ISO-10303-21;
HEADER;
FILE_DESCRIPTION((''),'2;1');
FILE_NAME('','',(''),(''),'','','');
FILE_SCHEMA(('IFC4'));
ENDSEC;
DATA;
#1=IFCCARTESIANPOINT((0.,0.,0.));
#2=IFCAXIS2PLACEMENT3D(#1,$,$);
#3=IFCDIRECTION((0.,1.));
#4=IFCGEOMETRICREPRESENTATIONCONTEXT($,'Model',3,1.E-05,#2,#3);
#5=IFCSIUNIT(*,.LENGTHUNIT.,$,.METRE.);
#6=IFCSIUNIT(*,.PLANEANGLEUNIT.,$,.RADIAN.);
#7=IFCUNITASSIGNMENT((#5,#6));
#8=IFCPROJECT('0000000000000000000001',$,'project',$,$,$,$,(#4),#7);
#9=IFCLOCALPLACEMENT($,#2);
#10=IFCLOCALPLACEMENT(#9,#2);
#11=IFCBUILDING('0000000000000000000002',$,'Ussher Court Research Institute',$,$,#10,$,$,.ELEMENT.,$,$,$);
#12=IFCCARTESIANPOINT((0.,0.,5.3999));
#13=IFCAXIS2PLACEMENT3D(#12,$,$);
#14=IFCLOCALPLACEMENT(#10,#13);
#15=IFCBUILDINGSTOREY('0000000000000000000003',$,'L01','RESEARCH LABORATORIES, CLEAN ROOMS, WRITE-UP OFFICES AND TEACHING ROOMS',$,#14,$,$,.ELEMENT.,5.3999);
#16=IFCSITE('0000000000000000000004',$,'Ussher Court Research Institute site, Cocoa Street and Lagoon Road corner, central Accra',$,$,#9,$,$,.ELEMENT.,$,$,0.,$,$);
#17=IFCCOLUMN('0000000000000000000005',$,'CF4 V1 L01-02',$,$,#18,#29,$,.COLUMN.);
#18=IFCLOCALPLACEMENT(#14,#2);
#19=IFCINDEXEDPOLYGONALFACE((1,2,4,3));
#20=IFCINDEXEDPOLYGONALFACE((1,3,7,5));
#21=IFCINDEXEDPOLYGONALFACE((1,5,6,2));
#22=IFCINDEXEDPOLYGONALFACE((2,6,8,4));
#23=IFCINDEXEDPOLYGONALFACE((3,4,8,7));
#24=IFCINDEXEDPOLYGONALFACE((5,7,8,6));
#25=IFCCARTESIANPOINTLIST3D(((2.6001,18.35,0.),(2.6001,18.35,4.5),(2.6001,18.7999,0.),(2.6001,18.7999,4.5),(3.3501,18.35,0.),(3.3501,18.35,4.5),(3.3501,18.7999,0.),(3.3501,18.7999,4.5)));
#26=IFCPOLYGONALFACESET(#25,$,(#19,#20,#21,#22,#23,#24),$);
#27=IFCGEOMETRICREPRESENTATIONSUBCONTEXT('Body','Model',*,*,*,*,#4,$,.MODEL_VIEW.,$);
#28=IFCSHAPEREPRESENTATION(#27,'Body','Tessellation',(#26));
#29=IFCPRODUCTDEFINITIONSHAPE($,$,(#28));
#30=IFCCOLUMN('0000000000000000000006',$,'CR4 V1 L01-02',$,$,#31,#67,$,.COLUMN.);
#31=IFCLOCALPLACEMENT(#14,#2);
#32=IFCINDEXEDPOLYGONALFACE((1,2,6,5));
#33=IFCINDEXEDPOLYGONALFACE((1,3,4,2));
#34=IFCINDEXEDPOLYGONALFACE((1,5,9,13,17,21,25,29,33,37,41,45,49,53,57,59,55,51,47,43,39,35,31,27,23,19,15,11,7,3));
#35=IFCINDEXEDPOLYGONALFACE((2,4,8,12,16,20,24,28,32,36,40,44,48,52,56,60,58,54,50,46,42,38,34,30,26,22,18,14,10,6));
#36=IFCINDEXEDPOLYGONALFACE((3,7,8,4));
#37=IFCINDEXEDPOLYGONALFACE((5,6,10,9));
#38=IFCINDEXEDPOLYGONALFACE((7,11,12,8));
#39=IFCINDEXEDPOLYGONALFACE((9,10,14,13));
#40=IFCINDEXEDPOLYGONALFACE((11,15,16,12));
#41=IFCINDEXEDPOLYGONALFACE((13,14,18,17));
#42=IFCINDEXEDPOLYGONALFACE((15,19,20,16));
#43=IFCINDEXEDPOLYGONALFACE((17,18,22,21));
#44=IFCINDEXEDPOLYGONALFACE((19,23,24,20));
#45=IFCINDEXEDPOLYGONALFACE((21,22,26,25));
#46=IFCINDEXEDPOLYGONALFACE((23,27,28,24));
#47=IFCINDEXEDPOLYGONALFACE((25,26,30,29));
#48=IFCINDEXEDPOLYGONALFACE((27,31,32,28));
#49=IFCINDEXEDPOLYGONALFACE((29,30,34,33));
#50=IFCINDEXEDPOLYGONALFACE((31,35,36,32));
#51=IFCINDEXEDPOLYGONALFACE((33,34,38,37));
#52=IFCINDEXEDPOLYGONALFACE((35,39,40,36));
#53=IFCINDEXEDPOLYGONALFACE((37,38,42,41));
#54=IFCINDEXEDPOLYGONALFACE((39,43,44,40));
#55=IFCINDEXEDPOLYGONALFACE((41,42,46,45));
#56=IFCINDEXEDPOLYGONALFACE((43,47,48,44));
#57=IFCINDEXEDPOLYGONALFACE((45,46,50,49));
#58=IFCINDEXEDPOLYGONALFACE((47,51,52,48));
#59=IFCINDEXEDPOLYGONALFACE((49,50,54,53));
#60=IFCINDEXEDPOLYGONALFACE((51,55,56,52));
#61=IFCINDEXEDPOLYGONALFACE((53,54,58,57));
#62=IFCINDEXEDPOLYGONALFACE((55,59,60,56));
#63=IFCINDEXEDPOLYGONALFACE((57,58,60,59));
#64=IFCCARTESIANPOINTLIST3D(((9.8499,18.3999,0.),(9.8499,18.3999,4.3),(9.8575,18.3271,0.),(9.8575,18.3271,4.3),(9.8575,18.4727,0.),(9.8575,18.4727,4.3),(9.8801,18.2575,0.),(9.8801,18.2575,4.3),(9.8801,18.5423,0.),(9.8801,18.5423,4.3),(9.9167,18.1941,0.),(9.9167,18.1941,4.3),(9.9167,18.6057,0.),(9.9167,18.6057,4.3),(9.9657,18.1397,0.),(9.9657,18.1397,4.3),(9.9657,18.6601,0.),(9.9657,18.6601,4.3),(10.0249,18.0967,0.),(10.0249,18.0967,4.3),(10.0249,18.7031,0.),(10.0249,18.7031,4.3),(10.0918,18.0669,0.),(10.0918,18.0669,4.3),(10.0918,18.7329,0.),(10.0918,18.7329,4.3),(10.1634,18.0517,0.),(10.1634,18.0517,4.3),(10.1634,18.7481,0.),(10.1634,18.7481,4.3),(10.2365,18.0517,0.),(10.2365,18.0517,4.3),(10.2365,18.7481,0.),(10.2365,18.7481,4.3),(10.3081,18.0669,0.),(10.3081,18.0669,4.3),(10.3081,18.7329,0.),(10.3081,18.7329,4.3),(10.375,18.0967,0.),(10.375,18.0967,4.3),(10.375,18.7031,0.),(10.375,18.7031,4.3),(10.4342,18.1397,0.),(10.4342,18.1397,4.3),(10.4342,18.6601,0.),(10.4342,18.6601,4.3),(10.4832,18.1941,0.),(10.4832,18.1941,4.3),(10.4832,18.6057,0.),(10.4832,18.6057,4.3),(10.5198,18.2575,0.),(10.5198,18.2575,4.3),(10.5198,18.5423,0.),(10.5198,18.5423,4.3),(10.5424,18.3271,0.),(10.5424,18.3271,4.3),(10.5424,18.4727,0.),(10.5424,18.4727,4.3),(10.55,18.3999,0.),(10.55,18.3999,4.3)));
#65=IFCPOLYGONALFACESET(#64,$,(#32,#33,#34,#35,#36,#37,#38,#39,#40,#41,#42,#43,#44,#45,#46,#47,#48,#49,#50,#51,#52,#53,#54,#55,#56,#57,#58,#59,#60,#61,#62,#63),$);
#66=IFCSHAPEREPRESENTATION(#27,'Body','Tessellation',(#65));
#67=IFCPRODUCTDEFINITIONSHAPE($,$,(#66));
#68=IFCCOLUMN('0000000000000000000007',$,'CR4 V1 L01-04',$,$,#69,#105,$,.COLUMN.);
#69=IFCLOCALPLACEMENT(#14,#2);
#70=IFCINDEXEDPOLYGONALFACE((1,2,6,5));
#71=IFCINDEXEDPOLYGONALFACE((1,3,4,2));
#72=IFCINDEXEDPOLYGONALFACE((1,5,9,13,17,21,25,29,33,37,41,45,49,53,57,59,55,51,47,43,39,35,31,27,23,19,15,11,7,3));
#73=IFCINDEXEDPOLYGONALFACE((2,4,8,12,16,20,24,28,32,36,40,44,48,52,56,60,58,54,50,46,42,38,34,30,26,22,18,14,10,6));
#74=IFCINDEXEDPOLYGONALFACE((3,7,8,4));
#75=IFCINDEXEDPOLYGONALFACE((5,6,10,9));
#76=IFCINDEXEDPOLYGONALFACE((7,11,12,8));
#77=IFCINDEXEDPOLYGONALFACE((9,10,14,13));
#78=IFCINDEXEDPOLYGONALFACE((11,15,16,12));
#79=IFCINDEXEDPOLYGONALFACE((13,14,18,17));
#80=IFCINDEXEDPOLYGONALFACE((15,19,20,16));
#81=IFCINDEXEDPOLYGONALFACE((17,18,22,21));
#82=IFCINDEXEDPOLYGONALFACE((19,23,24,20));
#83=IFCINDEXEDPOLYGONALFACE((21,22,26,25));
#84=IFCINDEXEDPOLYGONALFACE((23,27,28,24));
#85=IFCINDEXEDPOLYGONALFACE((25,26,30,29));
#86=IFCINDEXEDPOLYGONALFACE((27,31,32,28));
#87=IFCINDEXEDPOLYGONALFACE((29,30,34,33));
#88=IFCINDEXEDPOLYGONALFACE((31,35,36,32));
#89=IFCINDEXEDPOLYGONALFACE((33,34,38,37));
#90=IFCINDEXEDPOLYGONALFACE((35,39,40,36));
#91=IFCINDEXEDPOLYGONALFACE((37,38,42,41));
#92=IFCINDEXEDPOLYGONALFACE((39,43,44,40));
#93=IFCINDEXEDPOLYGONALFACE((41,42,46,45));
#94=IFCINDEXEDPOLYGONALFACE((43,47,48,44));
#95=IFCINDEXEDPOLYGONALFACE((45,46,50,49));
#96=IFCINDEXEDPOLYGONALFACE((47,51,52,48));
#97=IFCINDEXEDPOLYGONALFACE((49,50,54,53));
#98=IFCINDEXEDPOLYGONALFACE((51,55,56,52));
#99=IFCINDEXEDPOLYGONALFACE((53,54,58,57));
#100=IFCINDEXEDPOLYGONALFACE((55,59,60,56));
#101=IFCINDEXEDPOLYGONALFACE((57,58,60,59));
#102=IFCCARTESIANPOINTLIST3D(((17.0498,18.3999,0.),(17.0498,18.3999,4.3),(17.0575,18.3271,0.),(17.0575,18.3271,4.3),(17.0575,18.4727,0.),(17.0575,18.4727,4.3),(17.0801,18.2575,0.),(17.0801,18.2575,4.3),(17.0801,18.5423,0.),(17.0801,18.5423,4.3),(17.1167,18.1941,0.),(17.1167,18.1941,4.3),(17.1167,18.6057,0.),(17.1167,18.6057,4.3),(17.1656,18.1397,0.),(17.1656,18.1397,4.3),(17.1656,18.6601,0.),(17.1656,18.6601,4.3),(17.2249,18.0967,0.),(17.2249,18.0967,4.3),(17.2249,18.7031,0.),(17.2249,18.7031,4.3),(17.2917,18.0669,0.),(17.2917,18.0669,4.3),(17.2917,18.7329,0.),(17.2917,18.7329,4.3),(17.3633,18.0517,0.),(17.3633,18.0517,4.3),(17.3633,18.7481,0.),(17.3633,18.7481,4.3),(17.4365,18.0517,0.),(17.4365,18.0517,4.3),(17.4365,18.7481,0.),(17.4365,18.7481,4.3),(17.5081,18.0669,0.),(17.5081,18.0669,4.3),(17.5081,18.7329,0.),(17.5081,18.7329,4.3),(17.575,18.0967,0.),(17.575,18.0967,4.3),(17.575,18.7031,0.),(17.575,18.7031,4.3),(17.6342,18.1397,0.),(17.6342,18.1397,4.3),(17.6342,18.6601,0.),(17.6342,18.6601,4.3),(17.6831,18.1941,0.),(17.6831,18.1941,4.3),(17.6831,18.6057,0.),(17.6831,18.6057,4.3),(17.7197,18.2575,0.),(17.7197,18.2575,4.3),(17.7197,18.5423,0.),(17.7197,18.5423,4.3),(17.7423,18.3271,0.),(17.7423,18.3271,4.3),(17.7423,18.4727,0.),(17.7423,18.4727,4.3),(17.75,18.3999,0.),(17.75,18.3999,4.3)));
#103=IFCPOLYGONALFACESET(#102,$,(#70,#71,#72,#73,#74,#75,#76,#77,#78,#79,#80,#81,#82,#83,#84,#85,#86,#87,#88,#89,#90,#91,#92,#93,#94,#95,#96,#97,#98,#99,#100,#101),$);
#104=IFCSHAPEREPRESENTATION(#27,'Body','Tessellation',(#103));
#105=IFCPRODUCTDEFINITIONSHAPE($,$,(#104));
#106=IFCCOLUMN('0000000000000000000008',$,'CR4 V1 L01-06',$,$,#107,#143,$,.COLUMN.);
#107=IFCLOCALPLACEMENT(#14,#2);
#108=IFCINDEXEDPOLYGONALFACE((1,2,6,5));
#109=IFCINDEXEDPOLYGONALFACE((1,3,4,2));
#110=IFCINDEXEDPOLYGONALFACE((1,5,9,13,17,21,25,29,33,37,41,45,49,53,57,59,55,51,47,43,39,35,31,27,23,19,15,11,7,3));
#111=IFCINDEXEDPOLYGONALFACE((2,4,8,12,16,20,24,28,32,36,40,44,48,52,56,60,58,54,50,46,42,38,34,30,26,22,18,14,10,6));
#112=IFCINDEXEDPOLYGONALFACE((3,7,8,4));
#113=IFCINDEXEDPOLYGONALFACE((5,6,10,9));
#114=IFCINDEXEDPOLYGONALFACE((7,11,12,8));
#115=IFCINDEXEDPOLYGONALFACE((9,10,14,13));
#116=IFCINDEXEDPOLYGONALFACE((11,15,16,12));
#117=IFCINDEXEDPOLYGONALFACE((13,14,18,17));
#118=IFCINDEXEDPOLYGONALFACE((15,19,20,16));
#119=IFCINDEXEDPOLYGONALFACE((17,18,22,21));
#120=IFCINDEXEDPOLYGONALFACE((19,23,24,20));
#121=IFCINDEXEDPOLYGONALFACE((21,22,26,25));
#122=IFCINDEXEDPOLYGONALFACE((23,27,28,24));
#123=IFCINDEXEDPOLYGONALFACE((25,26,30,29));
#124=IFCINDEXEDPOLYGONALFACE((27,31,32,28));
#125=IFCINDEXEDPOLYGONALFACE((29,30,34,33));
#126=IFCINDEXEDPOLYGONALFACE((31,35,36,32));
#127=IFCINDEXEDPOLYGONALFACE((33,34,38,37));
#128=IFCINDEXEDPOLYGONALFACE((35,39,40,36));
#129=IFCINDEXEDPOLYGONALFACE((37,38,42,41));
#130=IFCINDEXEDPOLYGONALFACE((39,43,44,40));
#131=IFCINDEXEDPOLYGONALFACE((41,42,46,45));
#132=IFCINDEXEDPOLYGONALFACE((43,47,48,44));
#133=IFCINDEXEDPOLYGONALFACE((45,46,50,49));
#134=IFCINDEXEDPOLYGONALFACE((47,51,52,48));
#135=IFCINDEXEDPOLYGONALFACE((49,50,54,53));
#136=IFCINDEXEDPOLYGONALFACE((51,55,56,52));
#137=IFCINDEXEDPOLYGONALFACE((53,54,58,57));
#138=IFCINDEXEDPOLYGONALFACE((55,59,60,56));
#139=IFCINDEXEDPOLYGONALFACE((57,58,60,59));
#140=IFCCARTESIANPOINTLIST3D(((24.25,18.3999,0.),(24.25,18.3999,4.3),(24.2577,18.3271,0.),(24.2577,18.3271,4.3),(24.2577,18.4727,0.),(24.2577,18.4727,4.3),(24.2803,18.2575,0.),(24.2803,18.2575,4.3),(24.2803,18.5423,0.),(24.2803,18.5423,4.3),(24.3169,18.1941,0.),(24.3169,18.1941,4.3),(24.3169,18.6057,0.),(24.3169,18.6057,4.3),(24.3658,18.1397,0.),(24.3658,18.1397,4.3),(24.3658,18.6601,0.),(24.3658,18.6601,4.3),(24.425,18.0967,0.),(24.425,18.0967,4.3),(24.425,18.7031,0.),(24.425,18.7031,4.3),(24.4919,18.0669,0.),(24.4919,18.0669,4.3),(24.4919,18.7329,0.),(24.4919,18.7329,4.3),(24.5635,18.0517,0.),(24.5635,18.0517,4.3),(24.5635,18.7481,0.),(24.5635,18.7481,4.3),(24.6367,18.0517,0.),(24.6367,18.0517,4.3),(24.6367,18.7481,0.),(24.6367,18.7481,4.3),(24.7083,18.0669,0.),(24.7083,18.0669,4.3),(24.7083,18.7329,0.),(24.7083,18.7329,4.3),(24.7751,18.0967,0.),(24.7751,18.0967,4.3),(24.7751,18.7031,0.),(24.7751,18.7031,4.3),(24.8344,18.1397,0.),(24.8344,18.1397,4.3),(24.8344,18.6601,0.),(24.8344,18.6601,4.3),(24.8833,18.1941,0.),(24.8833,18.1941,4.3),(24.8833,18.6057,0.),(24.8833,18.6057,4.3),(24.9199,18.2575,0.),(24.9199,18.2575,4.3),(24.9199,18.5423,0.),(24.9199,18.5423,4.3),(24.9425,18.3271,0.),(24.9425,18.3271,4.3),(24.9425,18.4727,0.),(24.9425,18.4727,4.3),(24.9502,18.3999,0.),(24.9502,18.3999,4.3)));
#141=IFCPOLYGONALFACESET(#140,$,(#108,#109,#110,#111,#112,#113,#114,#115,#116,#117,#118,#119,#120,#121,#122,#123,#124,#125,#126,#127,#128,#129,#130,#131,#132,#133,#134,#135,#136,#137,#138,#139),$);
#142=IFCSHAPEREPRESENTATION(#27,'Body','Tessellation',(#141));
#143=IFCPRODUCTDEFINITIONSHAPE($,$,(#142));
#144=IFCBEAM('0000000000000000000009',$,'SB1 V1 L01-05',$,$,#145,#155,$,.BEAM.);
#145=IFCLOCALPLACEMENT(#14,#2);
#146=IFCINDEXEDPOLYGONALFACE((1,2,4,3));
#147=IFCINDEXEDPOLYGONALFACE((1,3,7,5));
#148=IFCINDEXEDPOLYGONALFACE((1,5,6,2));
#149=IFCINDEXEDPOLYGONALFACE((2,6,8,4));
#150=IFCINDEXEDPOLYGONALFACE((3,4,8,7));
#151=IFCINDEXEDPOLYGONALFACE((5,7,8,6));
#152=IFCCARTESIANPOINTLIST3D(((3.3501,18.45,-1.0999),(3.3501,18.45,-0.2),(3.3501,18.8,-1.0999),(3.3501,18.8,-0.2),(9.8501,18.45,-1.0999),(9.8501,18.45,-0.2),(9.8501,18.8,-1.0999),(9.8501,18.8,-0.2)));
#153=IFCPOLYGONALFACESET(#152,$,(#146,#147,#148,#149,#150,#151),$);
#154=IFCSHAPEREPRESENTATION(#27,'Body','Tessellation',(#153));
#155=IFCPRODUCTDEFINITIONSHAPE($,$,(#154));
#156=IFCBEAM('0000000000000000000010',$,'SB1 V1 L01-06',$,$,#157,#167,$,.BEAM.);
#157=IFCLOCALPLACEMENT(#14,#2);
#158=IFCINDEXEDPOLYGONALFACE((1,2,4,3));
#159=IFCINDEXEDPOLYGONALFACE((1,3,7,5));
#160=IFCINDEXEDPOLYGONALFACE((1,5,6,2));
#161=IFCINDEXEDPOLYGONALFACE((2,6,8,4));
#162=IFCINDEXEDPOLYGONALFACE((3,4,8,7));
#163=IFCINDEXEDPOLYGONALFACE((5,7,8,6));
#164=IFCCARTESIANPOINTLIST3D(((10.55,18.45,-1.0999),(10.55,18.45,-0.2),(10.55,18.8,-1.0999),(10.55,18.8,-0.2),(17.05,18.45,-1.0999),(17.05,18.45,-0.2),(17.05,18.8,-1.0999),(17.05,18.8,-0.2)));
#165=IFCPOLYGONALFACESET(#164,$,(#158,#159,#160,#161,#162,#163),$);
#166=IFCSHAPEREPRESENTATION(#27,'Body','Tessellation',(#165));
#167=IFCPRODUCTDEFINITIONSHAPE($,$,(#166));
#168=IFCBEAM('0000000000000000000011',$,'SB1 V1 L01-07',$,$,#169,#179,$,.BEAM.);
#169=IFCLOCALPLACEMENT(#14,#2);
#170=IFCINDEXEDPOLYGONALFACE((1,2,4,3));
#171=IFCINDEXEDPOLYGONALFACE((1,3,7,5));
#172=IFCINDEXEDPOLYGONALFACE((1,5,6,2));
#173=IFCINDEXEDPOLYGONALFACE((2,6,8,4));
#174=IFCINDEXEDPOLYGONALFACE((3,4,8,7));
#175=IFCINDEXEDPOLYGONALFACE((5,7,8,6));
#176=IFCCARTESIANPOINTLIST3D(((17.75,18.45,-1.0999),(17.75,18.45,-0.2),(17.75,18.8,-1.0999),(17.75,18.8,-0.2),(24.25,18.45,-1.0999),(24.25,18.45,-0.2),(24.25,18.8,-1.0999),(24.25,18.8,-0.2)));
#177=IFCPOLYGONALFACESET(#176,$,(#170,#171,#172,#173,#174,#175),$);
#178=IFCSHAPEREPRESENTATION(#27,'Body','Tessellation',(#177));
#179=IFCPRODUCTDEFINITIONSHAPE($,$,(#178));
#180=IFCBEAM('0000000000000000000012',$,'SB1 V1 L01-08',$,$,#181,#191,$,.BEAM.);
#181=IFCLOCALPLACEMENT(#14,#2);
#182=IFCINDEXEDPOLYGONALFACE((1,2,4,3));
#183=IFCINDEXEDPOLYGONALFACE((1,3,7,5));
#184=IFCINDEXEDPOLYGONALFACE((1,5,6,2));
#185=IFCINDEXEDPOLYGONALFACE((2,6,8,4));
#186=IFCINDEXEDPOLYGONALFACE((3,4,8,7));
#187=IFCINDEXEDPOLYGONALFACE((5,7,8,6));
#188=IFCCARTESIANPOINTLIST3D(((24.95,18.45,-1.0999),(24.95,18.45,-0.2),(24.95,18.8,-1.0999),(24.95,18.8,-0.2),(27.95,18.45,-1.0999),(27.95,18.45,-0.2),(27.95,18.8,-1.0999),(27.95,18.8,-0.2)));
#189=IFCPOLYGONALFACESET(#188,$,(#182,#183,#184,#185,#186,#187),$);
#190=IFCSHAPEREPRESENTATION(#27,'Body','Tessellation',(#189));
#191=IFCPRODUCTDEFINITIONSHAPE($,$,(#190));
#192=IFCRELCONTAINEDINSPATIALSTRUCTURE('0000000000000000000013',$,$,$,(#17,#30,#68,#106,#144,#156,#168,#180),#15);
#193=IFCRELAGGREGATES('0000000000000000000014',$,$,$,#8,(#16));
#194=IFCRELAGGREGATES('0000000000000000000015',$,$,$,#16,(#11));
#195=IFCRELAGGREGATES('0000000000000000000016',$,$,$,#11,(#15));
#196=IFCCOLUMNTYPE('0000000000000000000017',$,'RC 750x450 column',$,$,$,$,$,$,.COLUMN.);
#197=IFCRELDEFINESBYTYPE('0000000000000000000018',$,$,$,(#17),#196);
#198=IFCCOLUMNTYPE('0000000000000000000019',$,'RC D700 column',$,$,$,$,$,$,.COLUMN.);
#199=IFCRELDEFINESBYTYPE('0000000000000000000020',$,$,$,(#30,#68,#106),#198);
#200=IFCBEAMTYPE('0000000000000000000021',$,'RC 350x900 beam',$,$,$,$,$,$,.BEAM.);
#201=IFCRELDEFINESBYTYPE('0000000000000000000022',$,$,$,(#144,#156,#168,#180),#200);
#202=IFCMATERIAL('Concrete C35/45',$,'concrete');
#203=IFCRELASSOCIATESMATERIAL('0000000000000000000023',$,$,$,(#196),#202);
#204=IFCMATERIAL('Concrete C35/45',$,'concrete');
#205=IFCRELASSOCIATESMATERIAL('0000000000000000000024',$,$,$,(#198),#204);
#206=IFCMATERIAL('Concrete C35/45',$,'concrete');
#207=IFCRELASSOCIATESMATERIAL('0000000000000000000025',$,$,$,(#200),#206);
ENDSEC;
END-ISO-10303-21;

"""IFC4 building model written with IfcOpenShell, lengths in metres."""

from ifc_helpers import new_model, si_unit, direction, frame, origin, origin_2d, place, context, subcontext, project, spatial, rectangle, circle, extrude, material, material_profile, profile_set, type_object, element, save


model = new_model("IFC4")

# Units and contexts
model_context = context("Model", 3, precision=1e-05, world=origin(), true_north=direction((0.0, 1.0)))
body_context = subcontext(model_context, "Body", "Model", "MODEL_VIEW")
ifc_project = project(units=[si_unit("LENGTHUNIT", "METRE"), si_unit("PLANEANGLEUNIT", "RADIAN")], contexts=[model_context])

# Site, building, storey
site_placement = place(None, origin())
site = spatial("IfcSite", under=ifc_project, at=site_placement, Name="Ussher Court Research Institute site, Cocoa Street and Lagoon Road corner, central Accra", CompositionType="ELEMENT", RefElevation=0.0)
building_placement = place(site_placement, origin())
building = spatial("IfcBuilding", under=site, at=building_placement, Name="Ussher Court Research Institute", CompositionType="ELEMENT")
storey_placement = place(building_placement, frame((0.0, 0.0, 5.3999)))
storey = spatial("IfcBuildingStorey", under=building, at=storey_placement, Name="L01", Description="RESEARCH LABORATORIES, CLEAN ROOMS, WRITE-UP OFFICES AND TEACHING ROOMS", CompositionType="ELEMENT", Elevation=5.3999)

# Columns
ifc_material_1 = material(Name="Concrete C35/45", Category="concrete")
ifc_material_profile_1 = material_profile(ifc_material_1, rectangle(XDim=0.75, YDim=0.45, at=origin_2d()), Name="RC 750x450")
ifc_profile_set_1 = profile_set([ifc_material_profile_1], Name="Concrete C35/45")
column_type_1 = type_object("IfcColumnType", Name="RC 750x450 column", PredefinedType="COLUMN", material=ifc_profile_set_1)
column_placement = place(storey_placement, frame((2.9751, 18.575, 0.0), z_axis=(0.0, 0.0, 1.0), x_axis=(1.0, 0.0, 0.0)))
element("IfcColumn", 1, at=column_placement, inside=storey, type_object=column_type_1, Name="CF4 V1 L01-02", PredefinedType="COLUMN", context=body_context, shape_type="SweptSolid", body=[
    extrude(rectangle(XDim=0.75, YDim=0.45, at=origin_2d()), origin(), (0.0, 0.0, 1.0), 4.5),
])
ifc_material_2 = material(Name="Concrete C35/45", Category="concrete")
ifc_material_profile_2 = material_profile(ifc_material_2, circle(Radius=0.3501, at=origin_2d()), Name="RC D700")
ifc_profile_set_2 = profile_set([ifc_material_profile_2], Name="Concrete C35/45")
column_type_2 = type_object("IfcColumnType", Name="RC D700 column", PredefinedType="COLUMN", material=ifc_profile_set_2)
for number, where, z_axis, x_axis, name in (
    (2, (10.2, 18.3999, 0.0), (0.0, 0.0, 1.0), (1.0, 0.0, 0.0), "CR4 V1 L01-02"),
    (3, (17.3999, 18.3999, 0.0), (0.0, 0.0, 1.0), (1.0, 0.0, 0.0), "CR4 V1 L01-04"),
    (4, (24.6001, 18.3999, 0.0), (0.0, 0.0, 1.0), (1.0, 0.0, 0.0), "CR4 V1 L01-06"),
):
    element("IfcColumn", number, at=place(storey_placement, frame(where, z_axis=z_axis, x_axis=x_axis)), inside=storey, type_object=column_type_2, Name=name, PredefinedType="COLUMN", context=body_context, shape_type="SweptSolid", body=[
        extrude(circle(Radius=0.3501, at=origin_2d()), origin(), (0.0, 0.0, 1.0), 4.3),
    ])

# Beams
ifc_material_3 = material(Name="Concrete C35/45", Category="concrete")
ifc_material_profile_3 = material_profile(ifc_material_3, rectangle(XDim=0.3501, YDim=0.8999, at=origin_2d()), Name="RC 350x900")
ifc_profile_set_3 = profile_set([ifc_material_profile_3], Name="Concrete C35/45")
beam_type = type_object("IfcBeamType", Name="RC 350x900 beam", PredefinedType="BEAM", material=ifc_profile_set_3)
for number, where, z_axis, x_axis, name in (
    (5, (3.3501, 18.625, -0.6499), (1.0, 0.0, 0.0), (0.0, 1.0, 0.0), "SB1 V1 L01-05"),
    (6, (10.55, 18.625, -0.6499), (1.0, 0.0, 0.0), (0.0, 1.0, 0.0), "SB1 V1 L01-06"),
    (7, (17.75, 18.625, -0.6499), (1.0, 0.0, 0.0), (0.0, 1.0, 0.0), "SB1 V1 L01-07"),
):
    element("IfcBeam", number, at=place(storey_placement, frame(where, z_axis=z_axis, x_axis=x_axis)), inside=storey, type_object=beam_type, Name=name, PredefinedType="BEAM", context=body_context, shape_type="SweptSolid", body=[
        extrude(rectangle(XDim=0.3501, YDim=0.8999, at=origin_2d()), origin(), (0.0, 0.0, 1.0), 6.5),
    ])
beam_placement = place(storey_placement, frame((24.95, 18.625, -0.6499), z_axis=(1.0, 0.0, 0.0), x_axis=(0.0, 1.0, 0.0)))
element("IfcBeam", 8, at=beam_placement, inside=storey, type_object=beam_type, Name="SB1 V1 L01-08", PredefinedType="BEAM", context=body_context, shape_type="SweptSolid", body=[
    extrude(rectangle(XDim=0.3501, YDim=0.8999, at=origin_2d()), origin(), (0.0, 0.0, 1.0), 3.0),
])

save(model, "model.ifc")
